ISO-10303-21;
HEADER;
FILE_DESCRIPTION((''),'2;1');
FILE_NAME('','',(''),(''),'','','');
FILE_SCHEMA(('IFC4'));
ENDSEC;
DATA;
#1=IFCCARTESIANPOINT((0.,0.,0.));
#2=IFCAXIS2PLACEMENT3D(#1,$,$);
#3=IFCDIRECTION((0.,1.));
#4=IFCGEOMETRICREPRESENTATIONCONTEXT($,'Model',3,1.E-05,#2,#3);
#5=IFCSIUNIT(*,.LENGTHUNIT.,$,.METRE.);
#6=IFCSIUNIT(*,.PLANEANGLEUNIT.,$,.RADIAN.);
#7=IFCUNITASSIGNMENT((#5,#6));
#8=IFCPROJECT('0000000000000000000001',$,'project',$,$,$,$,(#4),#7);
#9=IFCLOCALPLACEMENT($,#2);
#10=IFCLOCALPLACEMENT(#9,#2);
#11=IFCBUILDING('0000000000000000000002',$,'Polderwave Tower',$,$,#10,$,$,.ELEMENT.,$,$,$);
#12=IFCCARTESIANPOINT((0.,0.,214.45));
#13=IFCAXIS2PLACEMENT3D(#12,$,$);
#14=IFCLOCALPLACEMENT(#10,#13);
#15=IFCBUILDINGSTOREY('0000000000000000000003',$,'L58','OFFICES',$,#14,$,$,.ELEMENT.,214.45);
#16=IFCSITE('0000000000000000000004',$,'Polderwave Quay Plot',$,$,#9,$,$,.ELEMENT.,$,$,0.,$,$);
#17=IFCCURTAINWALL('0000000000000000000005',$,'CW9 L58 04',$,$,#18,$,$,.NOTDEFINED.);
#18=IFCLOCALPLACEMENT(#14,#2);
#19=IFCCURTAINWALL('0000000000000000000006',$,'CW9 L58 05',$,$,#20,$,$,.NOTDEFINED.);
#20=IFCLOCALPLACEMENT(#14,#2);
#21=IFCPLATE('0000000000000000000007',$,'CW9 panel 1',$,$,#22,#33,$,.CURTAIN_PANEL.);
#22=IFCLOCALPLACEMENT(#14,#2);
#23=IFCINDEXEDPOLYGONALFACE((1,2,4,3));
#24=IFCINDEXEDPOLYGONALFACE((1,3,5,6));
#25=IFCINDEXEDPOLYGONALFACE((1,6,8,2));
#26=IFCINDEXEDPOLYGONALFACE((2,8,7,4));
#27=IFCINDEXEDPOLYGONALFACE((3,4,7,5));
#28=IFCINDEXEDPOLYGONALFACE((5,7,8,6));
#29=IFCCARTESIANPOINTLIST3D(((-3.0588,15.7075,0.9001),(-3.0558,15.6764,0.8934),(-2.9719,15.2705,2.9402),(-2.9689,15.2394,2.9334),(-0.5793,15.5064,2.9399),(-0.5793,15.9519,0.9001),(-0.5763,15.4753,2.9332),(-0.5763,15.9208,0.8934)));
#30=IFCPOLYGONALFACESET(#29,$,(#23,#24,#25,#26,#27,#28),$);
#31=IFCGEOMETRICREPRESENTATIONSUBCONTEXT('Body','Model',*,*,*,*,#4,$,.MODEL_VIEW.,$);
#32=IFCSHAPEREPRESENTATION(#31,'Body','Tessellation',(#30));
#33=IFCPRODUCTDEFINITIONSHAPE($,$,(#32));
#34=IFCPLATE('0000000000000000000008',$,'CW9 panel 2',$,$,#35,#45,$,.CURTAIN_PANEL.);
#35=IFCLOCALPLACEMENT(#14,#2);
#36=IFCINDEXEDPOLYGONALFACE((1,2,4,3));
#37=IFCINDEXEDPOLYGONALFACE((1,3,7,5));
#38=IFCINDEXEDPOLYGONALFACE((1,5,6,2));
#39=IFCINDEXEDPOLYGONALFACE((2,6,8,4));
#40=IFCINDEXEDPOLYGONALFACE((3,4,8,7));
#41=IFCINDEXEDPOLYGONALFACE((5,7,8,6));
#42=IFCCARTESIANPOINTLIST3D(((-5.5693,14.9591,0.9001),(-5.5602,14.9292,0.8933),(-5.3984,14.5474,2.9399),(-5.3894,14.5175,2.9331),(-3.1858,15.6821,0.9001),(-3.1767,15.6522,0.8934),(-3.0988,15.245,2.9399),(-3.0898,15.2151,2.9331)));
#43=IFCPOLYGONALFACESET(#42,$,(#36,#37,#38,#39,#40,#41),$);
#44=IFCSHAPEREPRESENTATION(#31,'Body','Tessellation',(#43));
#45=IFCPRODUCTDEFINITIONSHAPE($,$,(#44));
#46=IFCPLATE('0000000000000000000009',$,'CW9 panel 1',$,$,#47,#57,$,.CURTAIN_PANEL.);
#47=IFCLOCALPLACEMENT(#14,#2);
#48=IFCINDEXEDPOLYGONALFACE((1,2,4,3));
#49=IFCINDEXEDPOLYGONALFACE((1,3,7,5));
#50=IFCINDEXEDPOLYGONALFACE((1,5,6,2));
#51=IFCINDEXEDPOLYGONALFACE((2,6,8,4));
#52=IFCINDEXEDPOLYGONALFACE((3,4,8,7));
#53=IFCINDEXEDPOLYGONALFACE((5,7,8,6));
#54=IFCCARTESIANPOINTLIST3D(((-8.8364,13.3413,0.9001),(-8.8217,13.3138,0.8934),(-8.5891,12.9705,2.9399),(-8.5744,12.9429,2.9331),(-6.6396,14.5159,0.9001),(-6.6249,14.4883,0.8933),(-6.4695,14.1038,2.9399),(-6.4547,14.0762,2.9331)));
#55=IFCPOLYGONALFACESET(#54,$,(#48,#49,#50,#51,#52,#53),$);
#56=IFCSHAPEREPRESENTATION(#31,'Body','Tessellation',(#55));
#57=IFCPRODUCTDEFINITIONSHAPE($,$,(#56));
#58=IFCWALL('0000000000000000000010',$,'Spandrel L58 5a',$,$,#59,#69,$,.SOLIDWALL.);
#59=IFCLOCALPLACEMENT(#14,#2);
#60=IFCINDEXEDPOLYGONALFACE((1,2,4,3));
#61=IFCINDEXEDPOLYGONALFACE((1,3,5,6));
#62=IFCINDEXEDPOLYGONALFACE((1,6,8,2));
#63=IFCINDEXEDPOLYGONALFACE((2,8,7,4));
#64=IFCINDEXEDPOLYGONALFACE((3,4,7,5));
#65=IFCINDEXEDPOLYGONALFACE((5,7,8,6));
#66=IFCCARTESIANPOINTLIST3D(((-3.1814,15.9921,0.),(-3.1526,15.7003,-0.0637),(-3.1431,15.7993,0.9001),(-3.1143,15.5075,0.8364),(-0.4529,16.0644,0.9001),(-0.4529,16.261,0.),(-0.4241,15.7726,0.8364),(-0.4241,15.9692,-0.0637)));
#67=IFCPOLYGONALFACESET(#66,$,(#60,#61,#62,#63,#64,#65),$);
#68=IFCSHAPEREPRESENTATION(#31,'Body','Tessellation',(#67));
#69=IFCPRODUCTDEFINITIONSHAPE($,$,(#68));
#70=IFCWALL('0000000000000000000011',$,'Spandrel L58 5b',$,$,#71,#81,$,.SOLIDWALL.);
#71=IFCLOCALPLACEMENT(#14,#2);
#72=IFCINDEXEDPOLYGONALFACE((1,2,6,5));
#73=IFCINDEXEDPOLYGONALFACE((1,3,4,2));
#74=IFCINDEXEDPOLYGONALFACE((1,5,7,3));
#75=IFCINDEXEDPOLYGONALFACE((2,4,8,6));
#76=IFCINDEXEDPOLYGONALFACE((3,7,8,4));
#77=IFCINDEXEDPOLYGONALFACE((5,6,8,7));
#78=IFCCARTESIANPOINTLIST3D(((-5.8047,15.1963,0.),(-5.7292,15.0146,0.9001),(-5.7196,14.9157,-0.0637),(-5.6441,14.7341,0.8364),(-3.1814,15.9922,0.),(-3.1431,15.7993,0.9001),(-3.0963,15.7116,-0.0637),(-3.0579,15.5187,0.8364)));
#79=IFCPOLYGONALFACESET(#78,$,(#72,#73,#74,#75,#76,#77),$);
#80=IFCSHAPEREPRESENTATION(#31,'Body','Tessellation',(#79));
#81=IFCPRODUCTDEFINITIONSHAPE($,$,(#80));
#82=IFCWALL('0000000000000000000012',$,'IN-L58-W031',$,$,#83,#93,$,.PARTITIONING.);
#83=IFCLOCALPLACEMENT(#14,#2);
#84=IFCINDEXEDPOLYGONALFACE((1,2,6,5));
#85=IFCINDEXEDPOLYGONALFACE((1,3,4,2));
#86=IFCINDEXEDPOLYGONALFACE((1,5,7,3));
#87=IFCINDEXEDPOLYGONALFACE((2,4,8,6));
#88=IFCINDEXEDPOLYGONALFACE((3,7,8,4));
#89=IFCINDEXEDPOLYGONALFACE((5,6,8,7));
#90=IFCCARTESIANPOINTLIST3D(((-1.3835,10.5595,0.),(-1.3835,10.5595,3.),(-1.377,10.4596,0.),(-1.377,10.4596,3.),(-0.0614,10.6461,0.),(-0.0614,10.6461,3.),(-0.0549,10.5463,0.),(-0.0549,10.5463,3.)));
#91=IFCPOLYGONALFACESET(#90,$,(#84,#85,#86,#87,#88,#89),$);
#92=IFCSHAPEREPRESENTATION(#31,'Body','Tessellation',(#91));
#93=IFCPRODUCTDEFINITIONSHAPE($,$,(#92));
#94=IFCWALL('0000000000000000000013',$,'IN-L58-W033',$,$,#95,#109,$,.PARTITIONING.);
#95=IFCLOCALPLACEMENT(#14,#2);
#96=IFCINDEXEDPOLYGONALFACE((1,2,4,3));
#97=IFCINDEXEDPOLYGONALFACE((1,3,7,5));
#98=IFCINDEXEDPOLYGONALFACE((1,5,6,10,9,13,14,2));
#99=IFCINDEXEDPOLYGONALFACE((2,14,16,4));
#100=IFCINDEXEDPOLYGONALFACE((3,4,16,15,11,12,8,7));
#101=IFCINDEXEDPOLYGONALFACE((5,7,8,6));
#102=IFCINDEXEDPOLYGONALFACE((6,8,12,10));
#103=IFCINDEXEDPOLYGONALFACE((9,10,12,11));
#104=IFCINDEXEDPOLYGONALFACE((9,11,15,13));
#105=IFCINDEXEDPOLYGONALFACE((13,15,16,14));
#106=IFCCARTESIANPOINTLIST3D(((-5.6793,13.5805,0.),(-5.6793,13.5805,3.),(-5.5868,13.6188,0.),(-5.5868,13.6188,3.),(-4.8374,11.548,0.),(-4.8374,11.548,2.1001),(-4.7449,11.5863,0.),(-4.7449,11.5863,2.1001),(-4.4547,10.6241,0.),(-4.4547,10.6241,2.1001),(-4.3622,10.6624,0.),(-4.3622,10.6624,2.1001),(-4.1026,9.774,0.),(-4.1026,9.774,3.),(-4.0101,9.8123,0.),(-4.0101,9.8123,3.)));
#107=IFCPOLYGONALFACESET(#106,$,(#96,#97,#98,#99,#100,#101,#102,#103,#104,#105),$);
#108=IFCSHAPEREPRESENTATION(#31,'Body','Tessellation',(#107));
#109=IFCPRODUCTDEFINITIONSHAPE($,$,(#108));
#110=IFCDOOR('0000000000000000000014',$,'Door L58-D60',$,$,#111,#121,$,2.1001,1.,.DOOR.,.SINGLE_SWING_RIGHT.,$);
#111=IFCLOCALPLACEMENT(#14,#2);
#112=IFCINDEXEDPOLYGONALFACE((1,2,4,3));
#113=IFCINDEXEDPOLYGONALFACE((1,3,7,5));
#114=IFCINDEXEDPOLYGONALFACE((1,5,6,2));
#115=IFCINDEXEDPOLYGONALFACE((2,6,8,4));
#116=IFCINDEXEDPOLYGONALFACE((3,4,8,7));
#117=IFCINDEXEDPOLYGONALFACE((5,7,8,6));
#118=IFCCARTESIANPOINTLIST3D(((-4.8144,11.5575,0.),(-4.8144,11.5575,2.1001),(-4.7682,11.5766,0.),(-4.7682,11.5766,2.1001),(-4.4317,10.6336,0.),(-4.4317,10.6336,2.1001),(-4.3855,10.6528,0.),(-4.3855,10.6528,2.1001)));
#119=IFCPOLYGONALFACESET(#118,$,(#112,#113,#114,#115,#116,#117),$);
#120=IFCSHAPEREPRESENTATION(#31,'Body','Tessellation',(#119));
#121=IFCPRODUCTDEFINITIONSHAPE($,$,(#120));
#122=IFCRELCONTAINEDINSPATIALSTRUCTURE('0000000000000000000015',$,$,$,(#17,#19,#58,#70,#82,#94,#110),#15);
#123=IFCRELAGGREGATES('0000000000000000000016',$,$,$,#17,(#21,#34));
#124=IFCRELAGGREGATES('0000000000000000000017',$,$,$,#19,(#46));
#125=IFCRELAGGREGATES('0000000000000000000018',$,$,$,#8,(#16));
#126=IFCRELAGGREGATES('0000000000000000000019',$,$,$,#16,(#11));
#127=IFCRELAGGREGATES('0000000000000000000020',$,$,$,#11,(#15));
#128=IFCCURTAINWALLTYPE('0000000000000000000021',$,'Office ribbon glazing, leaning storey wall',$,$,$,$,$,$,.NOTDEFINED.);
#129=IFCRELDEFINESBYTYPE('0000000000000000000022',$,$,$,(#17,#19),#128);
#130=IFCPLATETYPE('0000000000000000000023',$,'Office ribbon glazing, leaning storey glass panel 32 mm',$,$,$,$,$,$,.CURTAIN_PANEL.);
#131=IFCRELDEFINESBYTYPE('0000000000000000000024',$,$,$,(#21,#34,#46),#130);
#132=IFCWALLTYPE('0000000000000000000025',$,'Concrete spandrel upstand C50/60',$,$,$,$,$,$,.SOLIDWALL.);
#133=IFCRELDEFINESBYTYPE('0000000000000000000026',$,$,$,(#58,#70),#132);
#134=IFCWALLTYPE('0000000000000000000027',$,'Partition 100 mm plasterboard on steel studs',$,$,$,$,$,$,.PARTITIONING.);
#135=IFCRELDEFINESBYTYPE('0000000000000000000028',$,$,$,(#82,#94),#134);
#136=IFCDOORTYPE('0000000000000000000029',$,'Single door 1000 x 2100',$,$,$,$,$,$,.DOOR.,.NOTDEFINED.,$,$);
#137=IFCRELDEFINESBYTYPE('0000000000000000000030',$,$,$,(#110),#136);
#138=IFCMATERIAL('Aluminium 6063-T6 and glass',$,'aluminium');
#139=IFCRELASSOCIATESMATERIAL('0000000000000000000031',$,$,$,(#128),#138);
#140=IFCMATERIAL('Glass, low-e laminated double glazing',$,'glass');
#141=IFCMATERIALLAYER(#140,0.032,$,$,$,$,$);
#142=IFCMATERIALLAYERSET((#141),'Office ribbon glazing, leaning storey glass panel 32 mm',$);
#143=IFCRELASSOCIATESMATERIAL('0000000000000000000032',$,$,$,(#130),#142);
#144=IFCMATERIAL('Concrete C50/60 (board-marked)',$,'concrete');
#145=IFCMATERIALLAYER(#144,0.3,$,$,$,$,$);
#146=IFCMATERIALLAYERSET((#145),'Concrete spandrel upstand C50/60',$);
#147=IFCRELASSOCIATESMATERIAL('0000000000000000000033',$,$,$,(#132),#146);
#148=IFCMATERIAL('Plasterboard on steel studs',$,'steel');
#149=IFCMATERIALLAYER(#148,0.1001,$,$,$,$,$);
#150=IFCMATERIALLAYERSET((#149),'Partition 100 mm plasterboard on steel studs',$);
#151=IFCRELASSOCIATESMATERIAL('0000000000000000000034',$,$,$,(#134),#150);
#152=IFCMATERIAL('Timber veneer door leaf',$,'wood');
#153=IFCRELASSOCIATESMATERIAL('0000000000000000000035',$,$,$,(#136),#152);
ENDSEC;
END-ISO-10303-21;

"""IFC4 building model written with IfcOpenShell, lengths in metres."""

from ifc_helpers import new_model, si_unit, direction, frame, frame_2d, origin, place, context, subcontext, project, spatial, polyline, rectangle, outline, extrude, material, layer, layer_set, type_object, element, fill, aggregate, save


model = new_model("IFC4")

# Units and contexts
model_context = context("Model", 3, precision=1e-05, world=origin(), true_north=direction((0.0, 1.0)))
body_context = subcontext(model_context, "Body", "Model", "MODEL_VIEW")
ifc_project = project(units=[si_unit("LENGTHUNIT", "METRE"), si_unit("PLANEANGLEUNIT", "RADIAN")], contexts=[model_context])

# Site, building, storey
site_placement = place(None, origin())
site = spatial("IfcSite", under=ifc_project, at=site_placement, Name="Polderwave Quay Plot", CompositionType="ELEMENT", RefElevation=0.0)
building_placement = place(site_placement, origin())
building = spatial("IfcBuilding", under=site, at=building_placement, Name="Polderwave Tower", CompositionType="ELEMENT")
storey_placement = place(building_placement, frame((0.0, 0.0, 214.45)))
storey = spatial("IfcBuildingStorey", under=building, at=storey_placement, Name="L58", Description="OFFICES", CompositionType="ELEMENT", Elevation=214.45)

# Curtain wall
ifc_material_1 = material(Name="Aluminium 6063-T6 and glass", Category="aluminium")
curtain_wall_type = type_object("IfcCurtainWallType", Name="Office ribbon glazing, leaning storey wall", PredefinedType="NOTDEFINED", material=ifc_material_1)
curtain_wall_1_placement = place(storey_placement, origin())
curtain_wall_1 = element("IfcCurtainWall", 1, at=curtain_wall_1_placement, inside=storey, type_object=curtain_wall_type, Name="CW9 L58 04", PredefinedType="NOTDEFINED")

# Curtain wall
curtain_wall_2_placement = place(storey_placement, origin())
curtain_wall_2 = element("IfcCurtainWall", 2, at=curtain_wall_2_placement, inside=storey, type_object=curtain_wall_type, Name="CW9 L58 05", PredefinedType="NOTDEFINED")

# Plates
ifc_material_2 = material(Name="Glass, low-e laminated double glazing", Category="glass")
ifc_layer_1 = layer(ifc_material_2, 0.032)
ifc_layer_set_1 = layer_set([ifc_layer_1], Name="Office ribbon glazing, leaning storey glass panel 32 mm")
plate_type = type_object("IfcPlateType", Name="Office ribbon glazing, leaning storey glass panel 32 mm", PredefinedType="CURTAIN_PANEL", material=ifc_layer_set_1)
plate_1_placement = place(storey_placement, frame((-0.5793, 15.9519, 0.9001), z_axis=(-0.095843, 0.972469, 0.212411), x_axis=(-0.995178, -0.098081, 0.000001)))
plate_1 = element("IfcPlate", 3, at=plate_1_placement, type_object=plate_type, Name="CW9 panel 1", PredefinedType="CURTAIN_PANEL", context=body_context, shape_type="SweptSolid", body=[
    extrude(outline(polyline([(0.0, 0.0), (2.4915, 0.0), (2.4479, 2.0877), (0.0437, 2.0874), (0.0, 0.0)])), origin(), (0.0, 0.0, -1.0), 0.032),
])
plate_2_placement = place(storey_placement, frame((-3.1858, 15.6821, 0.9001), z_axis=(-0.283664, 0.935083, 0.212497), x_axis=(-0.956938, -0.290291, -0.000013)))
plate_2 = element("IfcPlate", 4, at=plate_2_placement, type_object=plate_type, Name="CW9 panel 2", PredefinedType="CURTAIN_PANEL", context=body_context, shape_type="SweptSolid", body=[
    extrude(outline(polyline([(0.0, 0.0), (2.4908, 0.0), (2.4468, 2.0875), (0.0437, 2.0874), (0.0, 0.0)])), origin(), (0.0, 0.0, -1.0), 0.032),
])
aggregate(curtain_wall_1, [plate_1, plate_2])
plate_3_placement = place(storey_placement, frame((-6.6396, 14.5159, 0.9001), z_axis=(-0.460735, 0.861716, 0.21253), x_axis=(-0.881862, -0.471507, 0.0)))
plate_3 = element("IfcPlate", 5, at=plate_3_placement, type_object=plate_type, Name="CW9 panel 1", PredefinedType="CURTAIN_PANEL", context=body_context, shape_type="SweptSolid", body=[
    extrude(outline(polyline([(0.0, 0.0), (2.4911, 0.0), (2.4478, 2.0875), (0.0443, 2.0875), (0.0, 0.0)])), origin(), (0.0, 0.0, -1.0), 0.032),
])
aggregate(curtain_wall_2, [plate_3])

# Walls
ifc_material_3 = material(Name="Concrete C50/60 (board-marked)", Category="concrete")
ifc_layer_2 = layer(ifc_material_3, 0.3)
ifc_layer_set_2 = layer_set([ifc_layer_2], Name="Concrete spandrel upstand C50/60")
wall_type_1 = type_object("IfcWallType", Name="Concrete spandrel upstand C50/60", PredefinedType="SOLIDWALL", material=ifc_layer_set_2)
wall_1_placement = place(storey_placement, frame((-0.4529, 16.261, 0.0), z_axis=(-0.095824, 0.972476, 0.212387), x_axis=(-0.995181, -0.09806, -0.000004)))
element("IfcWall", 6, at=wall_1_placement, inside=storey, type_object=wall_type_1, Name="Spandrel L58 5a", PredefinedType="SOLIDWALL", context=body_context, shape_type="SweptSolid", body=[
    extrude(outline(polyline([(0.0, 0.0), (2.7417, 0.0), (2.7225, 0.9212), (0.0193, 0.9212), (0.0, 0.0)])), origin(), (0.0, 0.0, -1.0), 0.3),
])
wall_2_placement = place(storey_placement, frame((-3.1814, 15.9922, 0.0), z_axis=(-0.283706, 0.93508, 0.212452), x_axis=(-0.956926, -0.290333, -0.000001)))
element("IfcWall", 7, at=wall_2_placement, inside=storey, type_object=wall_type_1, Name="Spandrel L58 5b", PredefinedType="SOLIDWALL", context=body_context, shape_type="SweptSolid", body=[
    extrude(outline(polyline([(0.0, 0.0), (2.7414, 0.0), (2.7219, 0.9212), (0.0193, 0.9212), (0.0, 0.0)])), origin(), (0.0, 0.0, -1.0), 0.3),
])
ifc_material_4 = material(Name="Plasterboard on steel studs", Category="steel")
ifc_layer_3 = layer(ifc_material_4, 0.1001)
ifc_layer_set_3 = layer_set([ifc_layer_3], Name="Partition 100 mm plasterboard on steel studs")
wall_type_2 = type_object("IfcWallType", Name="Partition 100 mm plasterboard on steel studs", PredefinedType="PARTITIONING", material=ifc_layer_set_3)
wall_3_placement = place(storey_placement, frame((-1.3804, 10.5095, 0.0), z_axis=(0.0, 0.0, 1.0), x_axis=(0.997858, 0.065418, 0.0)))
element("IfcWall", 8, at=wall_3_placement, inside=storey, type_object=wall_type_2, Name="IN-L58-W031", PredefinedType="PARTITIONING", context=body_context, shape_type="SweptSolid", body=[
    extrude(rectangle(XDim=1.325, YDim=0.1001, at=frame_2d((0.6626, 0.0))), origin(), (0.0, 0.0, 1.0), 3.0),
])

# Wall, opening, door
wall_4_placement = place(storey_placement, frame((-5.6331, 13.5996, 0.0), z_axis=(0.0, 0.0, 1.0), x_axis=(0.382683, -0.92388, 0.0)))
wall_4 = element("IfcWall", 9, at=wall_4_placement, inside=storey, type_object=wall_type_2, Name="IN-L58-W033", PredefinedType="PARTITIONING", context=body_context, shape_type="SweptSolid", body=[
    extrude(rectangle(XDim=4.1201, YDim=0.1001, at=frame_2d((2.0601, 0.0))), origin(), (0.0, 0.0, 1.0), 3.0),
])
opening_placement = place(wall_4_placement, frame((2.2, 0.0, 0.0)))
opening = element("IfcOpeningElement", 10, at=opening_placement, cuts=wall_4, PredefinedType="OPENING", context=body_context, shape_type="SweptSolid", body=[
    extrude(rectangle(XDim=1.0, YDim=2.1001, at=frame_2d((0.5, 1.05))), frame((0.0, 0.0601, 0.0), z_axis=(0.0, -1.0, 0.0), x_axis=(1.0, 0.0, 0.0)), (0.0, 0.0, 1.0), 0.1201),
])
ifc_material_5 = material(Name="Timber veneer door leaf", Category="wood")
door_type = type_object("IfcDoorType", Name="Single door 1000 x 2100", OperationType="NOTDEFINED", PredefinedType="DOOR", material=ifc_material_5)
door_placement = place(opening_placement, origin())
door = element("IfcDoor", 11, at=door_placement, inside=storey, type_object=door_type, Name="Door L58-D60", OperationType="SINGLE_SWING_RIGHT", OverallHeight=2.1001, OverallWidth=1.0, PredefinedType="DOOR", context=body_context, shape_type="SweptSolid", body=[
    extrude(rectangle(XDim=1.0, YDim=2.1001, at=frame_2d((0.5, 1.05))), frame((0.0, 0.0249, 0.0), z_axis=(0.0, -1.0, 0.0), x_axis=(1.0, 0.0, 0.0)), (0.0, 0.0, 1.0), 0.05),
])
fill(opening, door)

save(model, "model.ifc")
